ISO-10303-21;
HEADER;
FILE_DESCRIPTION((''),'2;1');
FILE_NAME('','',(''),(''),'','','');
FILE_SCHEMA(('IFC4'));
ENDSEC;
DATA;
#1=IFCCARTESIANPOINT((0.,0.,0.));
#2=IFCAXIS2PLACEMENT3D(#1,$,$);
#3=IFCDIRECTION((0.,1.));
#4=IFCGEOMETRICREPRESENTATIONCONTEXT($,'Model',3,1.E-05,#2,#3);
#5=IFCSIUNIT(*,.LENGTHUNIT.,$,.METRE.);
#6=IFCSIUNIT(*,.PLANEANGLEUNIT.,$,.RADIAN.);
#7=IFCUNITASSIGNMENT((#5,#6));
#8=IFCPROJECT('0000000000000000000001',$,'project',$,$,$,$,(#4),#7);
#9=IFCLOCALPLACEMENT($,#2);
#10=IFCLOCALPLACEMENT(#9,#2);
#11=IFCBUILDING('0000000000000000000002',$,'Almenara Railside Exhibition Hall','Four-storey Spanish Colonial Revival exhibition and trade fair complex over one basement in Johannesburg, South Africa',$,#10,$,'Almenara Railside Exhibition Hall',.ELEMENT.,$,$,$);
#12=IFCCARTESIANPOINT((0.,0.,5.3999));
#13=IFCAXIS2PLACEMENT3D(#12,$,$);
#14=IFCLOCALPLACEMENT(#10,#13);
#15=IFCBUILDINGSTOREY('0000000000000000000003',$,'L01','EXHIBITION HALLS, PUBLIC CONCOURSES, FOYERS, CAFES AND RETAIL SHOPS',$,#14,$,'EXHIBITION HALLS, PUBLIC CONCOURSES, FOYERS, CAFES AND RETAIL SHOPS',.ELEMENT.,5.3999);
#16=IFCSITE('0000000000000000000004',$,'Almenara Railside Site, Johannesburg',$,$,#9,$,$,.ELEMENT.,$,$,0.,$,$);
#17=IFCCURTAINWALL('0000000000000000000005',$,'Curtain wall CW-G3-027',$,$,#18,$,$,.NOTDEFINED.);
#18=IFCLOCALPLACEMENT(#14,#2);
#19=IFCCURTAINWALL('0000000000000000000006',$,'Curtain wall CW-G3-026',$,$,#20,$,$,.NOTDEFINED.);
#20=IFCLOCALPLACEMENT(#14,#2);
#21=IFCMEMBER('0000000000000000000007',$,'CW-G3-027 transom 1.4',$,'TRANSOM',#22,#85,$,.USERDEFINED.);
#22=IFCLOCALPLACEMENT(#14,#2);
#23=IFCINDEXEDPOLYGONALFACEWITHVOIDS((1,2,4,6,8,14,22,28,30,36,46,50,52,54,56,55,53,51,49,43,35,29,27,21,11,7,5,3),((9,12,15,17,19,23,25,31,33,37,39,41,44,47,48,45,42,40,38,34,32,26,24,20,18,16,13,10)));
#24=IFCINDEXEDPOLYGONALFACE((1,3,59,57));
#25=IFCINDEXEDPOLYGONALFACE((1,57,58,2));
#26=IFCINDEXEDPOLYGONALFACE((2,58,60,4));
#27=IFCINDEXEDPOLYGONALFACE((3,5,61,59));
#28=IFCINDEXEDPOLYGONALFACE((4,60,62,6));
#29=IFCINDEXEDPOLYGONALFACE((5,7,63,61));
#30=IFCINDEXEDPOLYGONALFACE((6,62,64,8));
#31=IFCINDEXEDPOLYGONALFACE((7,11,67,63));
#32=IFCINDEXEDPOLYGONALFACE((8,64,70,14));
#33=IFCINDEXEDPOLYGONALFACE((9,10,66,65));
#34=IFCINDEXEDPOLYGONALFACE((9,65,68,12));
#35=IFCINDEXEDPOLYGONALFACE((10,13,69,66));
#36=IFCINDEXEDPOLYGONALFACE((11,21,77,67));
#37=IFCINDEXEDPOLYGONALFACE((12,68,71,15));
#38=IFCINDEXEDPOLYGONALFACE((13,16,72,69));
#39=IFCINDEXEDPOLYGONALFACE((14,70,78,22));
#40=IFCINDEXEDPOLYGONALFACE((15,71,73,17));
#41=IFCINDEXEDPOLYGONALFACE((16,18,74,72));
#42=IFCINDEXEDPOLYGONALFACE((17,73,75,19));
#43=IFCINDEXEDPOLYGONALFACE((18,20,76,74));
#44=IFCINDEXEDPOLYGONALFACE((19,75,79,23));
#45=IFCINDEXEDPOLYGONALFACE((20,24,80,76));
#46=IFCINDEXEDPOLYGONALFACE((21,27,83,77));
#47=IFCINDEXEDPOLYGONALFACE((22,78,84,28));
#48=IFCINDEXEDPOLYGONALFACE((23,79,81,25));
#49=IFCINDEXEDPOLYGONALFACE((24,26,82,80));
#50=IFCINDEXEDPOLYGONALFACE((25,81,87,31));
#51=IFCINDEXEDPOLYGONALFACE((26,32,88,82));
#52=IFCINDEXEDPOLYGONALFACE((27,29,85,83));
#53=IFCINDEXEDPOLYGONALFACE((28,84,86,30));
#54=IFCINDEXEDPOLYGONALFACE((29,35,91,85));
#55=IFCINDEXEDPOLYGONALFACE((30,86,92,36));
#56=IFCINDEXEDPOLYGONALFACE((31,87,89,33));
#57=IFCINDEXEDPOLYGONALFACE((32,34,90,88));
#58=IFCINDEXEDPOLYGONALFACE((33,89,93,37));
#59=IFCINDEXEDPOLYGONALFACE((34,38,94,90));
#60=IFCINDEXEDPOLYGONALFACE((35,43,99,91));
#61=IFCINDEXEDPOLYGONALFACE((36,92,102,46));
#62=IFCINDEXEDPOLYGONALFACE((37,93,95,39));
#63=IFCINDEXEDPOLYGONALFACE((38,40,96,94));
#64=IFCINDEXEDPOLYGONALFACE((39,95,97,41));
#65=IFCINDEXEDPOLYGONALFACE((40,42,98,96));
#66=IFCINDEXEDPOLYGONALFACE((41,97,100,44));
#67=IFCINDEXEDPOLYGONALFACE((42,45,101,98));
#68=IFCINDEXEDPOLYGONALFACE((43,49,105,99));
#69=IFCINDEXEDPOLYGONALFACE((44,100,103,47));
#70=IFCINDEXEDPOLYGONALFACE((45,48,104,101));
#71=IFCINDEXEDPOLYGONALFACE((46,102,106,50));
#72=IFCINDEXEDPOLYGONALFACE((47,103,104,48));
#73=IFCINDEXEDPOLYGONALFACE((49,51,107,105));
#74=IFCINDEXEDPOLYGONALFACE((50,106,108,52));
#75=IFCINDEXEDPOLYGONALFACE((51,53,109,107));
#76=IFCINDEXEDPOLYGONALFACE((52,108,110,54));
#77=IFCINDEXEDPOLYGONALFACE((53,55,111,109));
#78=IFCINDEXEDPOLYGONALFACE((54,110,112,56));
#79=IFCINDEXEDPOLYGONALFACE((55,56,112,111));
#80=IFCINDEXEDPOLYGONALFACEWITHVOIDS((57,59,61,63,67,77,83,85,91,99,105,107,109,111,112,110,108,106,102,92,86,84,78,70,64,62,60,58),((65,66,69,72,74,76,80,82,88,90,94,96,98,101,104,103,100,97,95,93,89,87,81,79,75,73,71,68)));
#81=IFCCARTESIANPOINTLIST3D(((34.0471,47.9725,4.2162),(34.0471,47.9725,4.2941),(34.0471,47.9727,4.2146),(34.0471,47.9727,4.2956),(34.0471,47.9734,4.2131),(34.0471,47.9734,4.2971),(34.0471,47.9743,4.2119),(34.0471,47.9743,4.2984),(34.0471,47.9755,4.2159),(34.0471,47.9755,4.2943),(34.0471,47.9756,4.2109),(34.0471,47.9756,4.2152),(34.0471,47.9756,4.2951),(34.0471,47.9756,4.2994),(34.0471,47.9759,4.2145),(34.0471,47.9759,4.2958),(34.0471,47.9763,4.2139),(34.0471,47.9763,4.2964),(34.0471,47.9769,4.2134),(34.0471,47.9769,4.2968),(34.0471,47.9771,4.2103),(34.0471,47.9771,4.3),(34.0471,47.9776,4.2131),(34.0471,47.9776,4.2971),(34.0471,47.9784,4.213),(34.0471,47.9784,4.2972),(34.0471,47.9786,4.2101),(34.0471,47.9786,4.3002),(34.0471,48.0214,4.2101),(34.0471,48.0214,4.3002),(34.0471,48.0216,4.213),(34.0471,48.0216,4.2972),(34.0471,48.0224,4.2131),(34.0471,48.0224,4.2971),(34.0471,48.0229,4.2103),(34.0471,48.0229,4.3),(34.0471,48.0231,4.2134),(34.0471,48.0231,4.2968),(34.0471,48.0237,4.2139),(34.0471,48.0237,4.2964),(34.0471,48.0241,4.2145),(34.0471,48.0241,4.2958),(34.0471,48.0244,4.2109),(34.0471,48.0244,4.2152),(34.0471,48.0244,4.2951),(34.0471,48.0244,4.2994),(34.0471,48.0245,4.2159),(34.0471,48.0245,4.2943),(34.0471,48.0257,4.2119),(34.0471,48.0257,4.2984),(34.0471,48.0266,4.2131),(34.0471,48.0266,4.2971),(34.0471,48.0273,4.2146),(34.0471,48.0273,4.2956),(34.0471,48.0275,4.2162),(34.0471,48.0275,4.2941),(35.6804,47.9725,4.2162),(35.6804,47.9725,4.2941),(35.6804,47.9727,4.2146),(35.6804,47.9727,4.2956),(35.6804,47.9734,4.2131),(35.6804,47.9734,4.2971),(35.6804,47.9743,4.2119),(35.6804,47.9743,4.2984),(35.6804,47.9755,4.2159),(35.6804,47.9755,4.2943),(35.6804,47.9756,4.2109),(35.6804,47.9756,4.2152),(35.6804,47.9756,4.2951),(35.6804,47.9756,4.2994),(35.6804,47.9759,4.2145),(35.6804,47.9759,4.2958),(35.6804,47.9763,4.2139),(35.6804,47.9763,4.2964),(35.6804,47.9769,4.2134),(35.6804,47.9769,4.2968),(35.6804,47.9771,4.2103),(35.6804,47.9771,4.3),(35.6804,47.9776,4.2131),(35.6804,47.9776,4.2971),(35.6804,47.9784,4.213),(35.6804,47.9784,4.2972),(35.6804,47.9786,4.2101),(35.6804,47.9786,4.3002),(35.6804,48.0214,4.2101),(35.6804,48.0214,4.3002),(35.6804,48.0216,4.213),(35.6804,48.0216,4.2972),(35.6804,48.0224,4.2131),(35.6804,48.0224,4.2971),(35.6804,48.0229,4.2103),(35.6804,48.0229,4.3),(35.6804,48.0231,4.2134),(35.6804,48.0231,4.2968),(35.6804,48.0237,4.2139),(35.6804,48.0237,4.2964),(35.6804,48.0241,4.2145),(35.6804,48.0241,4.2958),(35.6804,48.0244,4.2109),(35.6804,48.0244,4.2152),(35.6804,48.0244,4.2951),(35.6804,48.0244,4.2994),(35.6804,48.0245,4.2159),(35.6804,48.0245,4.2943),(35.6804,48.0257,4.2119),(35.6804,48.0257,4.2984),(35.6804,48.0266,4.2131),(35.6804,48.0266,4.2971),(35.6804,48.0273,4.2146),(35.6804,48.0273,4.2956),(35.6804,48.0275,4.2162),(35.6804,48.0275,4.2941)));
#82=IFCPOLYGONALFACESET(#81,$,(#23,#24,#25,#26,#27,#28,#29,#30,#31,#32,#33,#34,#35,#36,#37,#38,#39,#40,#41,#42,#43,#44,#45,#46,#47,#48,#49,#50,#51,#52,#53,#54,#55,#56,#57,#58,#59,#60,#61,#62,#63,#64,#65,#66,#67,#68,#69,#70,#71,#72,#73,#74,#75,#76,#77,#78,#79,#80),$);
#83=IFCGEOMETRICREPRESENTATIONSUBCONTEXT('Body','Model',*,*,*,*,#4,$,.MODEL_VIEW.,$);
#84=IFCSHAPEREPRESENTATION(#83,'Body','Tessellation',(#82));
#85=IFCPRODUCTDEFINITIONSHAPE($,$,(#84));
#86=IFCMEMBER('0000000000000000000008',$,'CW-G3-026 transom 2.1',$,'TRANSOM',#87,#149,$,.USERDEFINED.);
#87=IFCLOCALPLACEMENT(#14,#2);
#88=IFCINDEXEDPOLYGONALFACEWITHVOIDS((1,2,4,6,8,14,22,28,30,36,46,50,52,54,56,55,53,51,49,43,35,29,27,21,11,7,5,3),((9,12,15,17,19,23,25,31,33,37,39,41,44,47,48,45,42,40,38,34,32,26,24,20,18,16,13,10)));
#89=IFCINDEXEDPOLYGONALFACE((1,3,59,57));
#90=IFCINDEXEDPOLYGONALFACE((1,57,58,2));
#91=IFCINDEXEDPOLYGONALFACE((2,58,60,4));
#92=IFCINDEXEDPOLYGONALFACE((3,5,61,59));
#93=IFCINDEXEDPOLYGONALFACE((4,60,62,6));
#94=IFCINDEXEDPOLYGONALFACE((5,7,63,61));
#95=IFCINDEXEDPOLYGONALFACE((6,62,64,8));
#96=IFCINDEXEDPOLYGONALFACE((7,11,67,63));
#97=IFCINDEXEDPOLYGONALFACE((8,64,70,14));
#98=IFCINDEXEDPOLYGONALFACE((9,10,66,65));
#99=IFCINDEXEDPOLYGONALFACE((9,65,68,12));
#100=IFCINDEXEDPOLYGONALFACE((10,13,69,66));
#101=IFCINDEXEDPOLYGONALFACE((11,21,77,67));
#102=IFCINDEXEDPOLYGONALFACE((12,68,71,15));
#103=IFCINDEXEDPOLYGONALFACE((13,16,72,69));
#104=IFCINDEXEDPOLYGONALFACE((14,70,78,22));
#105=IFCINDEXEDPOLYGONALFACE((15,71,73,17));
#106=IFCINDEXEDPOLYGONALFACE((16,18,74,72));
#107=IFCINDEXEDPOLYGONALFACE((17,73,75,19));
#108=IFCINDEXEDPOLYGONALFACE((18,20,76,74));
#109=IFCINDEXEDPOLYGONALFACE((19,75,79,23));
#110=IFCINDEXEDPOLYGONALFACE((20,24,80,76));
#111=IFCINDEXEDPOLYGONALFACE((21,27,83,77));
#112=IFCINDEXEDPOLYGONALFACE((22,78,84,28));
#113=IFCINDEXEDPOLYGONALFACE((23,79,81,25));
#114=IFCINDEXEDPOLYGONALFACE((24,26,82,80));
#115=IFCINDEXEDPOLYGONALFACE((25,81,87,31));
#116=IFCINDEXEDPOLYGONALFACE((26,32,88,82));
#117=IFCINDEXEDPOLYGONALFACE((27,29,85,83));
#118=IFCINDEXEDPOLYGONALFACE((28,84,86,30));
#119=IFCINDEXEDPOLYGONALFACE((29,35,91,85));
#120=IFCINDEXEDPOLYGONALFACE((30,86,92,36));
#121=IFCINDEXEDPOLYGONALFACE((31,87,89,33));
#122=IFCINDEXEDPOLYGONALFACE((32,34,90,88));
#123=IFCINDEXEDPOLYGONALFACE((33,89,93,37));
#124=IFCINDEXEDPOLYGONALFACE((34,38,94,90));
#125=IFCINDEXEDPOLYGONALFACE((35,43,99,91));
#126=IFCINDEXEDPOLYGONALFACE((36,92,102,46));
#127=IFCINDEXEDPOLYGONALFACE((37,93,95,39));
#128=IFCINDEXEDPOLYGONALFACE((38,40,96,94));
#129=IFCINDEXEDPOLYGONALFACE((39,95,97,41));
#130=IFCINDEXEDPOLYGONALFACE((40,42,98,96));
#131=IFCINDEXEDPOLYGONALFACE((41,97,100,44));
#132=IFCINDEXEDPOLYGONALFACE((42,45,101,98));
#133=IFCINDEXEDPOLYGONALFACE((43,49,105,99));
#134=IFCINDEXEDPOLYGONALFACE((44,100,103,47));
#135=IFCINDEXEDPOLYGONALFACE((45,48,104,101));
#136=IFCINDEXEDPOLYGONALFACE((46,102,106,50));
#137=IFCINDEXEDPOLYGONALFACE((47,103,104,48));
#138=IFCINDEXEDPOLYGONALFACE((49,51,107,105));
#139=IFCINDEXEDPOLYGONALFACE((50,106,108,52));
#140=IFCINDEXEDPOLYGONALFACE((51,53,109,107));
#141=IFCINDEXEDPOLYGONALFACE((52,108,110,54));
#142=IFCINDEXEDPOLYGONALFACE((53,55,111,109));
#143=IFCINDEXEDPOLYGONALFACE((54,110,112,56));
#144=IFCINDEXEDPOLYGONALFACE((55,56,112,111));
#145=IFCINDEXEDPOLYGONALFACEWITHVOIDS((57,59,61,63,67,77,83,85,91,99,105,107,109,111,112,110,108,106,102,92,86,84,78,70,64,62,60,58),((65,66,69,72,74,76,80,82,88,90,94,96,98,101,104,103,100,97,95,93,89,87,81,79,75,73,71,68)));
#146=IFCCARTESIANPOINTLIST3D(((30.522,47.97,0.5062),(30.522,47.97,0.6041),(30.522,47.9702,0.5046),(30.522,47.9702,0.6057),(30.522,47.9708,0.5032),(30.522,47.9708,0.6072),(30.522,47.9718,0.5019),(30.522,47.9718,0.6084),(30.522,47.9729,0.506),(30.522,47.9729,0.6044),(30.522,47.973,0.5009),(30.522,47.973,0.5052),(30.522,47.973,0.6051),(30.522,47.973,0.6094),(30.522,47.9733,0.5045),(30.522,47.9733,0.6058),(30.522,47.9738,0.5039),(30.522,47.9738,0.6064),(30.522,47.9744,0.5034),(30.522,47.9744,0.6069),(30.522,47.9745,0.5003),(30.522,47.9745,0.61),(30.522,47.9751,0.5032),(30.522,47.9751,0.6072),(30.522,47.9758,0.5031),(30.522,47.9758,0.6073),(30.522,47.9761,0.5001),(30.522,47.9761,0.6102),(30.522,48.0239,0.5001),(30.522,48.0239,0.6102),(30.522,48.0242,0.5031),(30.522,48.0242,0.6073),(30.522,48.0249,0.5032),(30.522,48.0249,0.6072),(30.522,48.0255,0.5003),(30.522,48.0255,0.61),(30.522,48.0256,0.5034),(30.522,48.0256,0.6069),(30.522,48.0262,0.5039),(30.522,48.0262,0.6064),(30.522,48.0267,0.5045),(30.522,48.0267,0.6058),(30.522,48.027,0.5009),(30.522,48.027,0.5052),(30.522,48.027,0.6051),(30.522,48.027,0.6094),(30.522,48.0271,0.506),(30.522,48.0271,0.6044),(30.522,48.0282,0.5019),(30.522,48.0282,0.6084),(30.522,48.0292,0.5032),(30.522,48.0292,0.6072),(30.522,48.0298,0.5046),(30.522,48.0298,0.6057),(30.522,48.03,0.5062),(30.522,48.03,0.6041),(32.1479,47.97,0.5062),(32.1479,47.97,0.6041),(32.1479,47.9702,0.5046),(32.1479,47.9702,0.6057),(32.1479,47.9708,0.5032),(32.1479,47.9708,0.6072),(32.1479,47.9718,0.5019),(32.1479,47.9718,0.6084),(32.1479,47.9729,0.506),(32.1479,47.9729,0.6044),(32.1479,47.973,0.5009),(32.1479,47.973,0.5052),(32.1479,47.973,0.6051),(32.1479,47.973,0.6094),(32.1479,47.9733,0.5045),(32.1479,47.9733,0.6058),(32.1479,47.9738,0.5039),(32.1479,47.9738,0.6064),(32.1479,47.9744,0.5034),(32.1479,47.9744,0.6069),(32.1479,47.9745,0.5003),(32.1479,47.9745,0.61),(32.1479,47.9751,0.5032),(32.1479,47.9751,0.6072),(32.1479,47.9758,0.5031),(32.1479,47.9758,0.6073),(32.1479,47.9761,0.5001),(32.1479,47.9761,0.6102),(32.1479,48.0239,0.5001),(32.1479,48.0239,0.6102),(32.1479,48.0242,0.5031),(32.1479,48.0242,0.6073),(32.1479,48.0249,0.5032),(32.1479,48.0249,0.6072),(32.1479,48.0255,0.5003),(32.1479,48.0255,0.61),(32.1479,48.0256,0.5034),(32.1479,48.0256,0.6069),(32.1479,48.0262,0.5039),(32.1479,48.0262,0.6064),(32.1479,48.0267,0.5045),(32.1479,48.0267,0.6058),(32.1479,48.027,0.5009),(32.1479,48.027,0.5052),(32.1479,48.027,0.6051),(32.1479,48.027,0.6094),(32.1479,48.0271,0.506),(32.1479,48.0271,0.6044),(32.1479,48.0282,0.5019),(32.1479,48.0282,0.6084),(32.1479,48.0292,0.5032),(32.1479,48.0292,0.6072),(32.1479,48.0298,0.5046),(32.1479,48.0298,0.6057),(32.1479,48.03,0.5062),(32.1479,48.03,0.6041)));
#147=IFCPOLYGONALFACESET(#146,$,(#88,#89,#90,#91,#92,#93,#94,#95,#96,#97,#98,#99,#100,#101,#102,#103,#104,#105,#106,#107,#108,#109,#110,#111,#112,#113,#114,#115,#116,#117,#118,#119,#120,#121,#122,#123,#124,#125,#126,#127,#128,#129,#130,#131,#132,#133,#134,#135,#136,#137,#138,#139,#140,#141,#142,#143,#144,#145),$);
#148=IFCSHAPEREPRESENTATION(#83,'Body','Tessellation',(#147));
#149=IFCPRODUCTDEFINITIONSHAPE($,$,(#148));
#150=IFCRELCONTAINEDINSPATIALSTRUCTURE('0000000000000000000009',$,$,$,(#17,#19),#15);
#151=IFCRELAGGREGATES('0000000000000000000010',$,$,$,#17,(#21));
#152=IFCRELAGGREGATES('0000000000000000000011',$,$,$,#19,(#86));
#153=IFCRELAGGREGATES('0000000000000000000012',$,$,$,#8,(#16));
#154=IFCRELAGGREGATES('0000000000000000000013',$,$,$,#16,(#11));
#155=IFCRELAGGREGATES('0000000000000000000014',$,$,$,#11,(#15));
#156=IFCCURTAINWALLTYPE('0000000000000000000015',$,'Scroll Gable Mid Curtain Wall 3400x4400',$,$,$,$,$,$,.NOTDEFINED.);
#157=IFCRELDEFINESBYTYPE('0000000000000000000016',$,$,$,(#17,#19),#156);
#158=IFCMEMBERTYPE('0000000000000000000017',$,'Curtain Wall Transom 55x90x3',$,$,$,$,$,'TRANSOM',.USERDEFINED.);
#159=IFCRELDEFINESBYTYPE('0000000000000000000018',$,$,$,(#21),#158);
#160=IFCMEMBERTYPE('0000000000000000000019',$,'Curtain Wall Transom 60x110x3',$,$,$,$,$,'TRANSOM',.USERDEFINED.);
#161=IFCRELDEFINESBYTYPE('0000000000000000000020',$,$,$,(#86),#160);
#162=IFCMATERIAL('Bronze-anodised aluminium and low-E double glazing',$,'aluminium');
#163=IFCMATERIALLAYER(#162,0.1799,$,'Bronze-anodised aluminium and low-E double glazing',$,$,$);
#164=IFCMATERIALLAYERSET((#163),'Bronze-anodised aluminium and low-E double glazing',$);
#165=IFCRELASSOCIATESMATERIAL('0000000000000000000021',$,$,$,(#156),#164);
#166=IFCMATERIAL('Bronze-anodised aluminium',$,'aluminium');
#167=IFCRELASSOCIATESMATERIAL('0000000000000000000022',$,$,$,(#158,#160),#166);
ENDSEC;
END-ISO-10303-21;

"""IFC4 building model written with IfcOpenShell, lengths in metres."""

from ifc_helpers import new_model, si_unit, direction, frame, origin, origin_2d, place, context, subcontext, project, spatial, hollow_rectangle, extrude, material, layer, layer_set, material_profile, profile_set, type_object, element, aggregate, save


model = new_model("IFC4")

# Units and contexts
model_context = context("Model", 3, precision=1e-05, world=origin(), true_north=direction((0.0, 1.0)))
body_context = subcontext(model_context, "Body", "Model", "MODEL_VIEW")
ifc_project = project(units=[si_unit("LENGTHUNIT", "METRE"), si_unit("PLANEANGLEUNIT", "RADIAN")], contexts=[model_context])

# Site, building, storey
site_placement = place(None, origin())
site = spatial("IfcSite", under=ifc_project, at=site_placement, Name="Almenara Railside Site, Johannesburg", CompositionType="ELEMENT", RefElevation=0.0)
building_placement = place(site_placement, origin())
building = spatial("IfcBuilding", under=site, at=building_placement, Name="Almenara Railside Exhibition Hall", Description="Four-storey Spanish Colonial Revival exhibition and trade fair complex over one basement in Johannesburg, South Africa", LongName="Almenara Railside Exhibition Hall", CompositionType="ELEMENT")
storey_placement = place(building_placement, frame((0.0, 0.0, 5.3999)))
storey = spatial("IfcBuildingStorey", under=building, at=storey_placement, Name="L01", Description="EXHIBITION HALLS, PUBLIC CONCOURSES, FOYERS, CAFES AND RETAIL SHOPS", LongName="EXHIBITION HALLS, PUBLIC CONCOURSES, FOYERS, CAFES AND RETAIL SHOPS", CompositionType="ELEMENT", Elevation=5.3999)

# Curtain wall
ifc_material_1 = material(Name="Bronze-anodised aluminium and low-E double glazing", Category="aluminium")
ifc_layer_1 = layer(ifc_material_1, 0.1799, Name="Bronze-anodised aluminium and low-E double glazing")
ifc_layer_set_1 = layer_set([ifc_layer_1], Name="Bronze-anodised aluminium and low-E double glazing")
curtain_wall_type_1 = type_object("IfcCurtainWallType", Name="Scroll Gable Mid Curtain Wall 3400x4400", PredefinedType="NOTDEFINED", material=ifc_layer_set_1)
curtain_wall_1_placement = place(storey_placement, origin())
curtain_wall_1 = element("IfcCurtainWall", 1, at=curtain_wall_1_placement, inside=storey, type_object=curtain_wall_type_1, Name="Curtain wall CW-G3-027", PredefinedType="NOTDEFINED")
ifc_material_2 = material(Name="Bronze-anodised aluminium", Category="aluminium")

# Curtain wall
curtain_wall_2_placement = place(storey_placement, origin())
curtain_wall_2 = element("IfcCurtainWall", 2, at=curtain_wall_2_placement, inside=storey, type_object=curtain_wall_type_1, Name="Curtain wall CW-G3-026", PredefinedType="NOTDEFINED")

# Members
ifc_material_profile_1 = material_profile(ifc_material_2, hollow_rectangle(XDim=0.0549, YDim=0.0901, WallThickness=0.0029, InnerFilletRadius=0.0029, OuterFilletRadius=0.0061, at=origin_2d()), Name="ALU-TRN 55x90x3")
ifc_profile_set_1 = profile_set([ifc_material_profile_1], Name="Bronze-anodised aluminium")
member_type_1 = type_object("IfcMemberType", Name="Curtain Wall Transom 55x90x3", ElementType="TRANSOM", PredefinedType="USERDEFINED", material=ifc_profile_set_1)
member_1_placement = place(storey_placement, frame((34.0471, 48.0, 4.2551), z_axis=(1.0, 0.0, 0.0), x_axis=(0.0, 1.0, 0.0)))
member_1 = element("IfcMember", 3, at=member_1_placement, type_object=member_type_1, Name="CW-G3-027 transom 1.4", ObjectType="TRANSOM", PredefinedType="USERDEFINED", context=body_context, shape_type="SweptSolid", body=[
    extrude(hollow_rectangle(XDim=0.0549, YDim=0.0901, WallThickness=0.0029, InnerFilletRadius=0.0029, OuterFilletRadius=0.0061, at=origin_2d()), origin(), (0.0, 0.0, 1.0), 1.6333),
])
aggregate(curtain_wall_1, [member_1])
ifc_material_profile_2 = material_profile(ifc_material_2, hollow_rectangle(XDim=0.0601, YDim=0.1101, WallThickness=0.0029, InnerFilletRadius=0.0029, OuterFilletRadius=0.0061, at=origin_2d()), Name="ALU-TRN 60x110x3")
ifc_profile_set_2 = profile_set([ifc_material_profile_2], Name="Bronze-anodised aluminium")
member_type_2 = type_object("IfcMemberType", Name="Curtain Wall Transom 60x110x3", ElementType="TRANSOM", PredefinedType="USERDEFINED", material=ifc_profile_set_2)
member_2_placement = place(storey_placement, frame((30.522, 48.0, 0.5552), z_axis=(1.0, 0.0, 0.0), x_axis=(0.0, 1.0, 0.0)))
member_2 = element("IfcMember", 4, at=member_2_placement, type_object=member_type_2, Name="CW-G3-026 transom 2.1", ObjectType="TRANSOM", PredefinedType="USERDEFINED", context=body_context, shape_type="SweptSolid", body=[
    extrude(hollow_rectangle(XDim=0.0601, YDim=0.1101, WallThickness=0.0029, InnerFilletRadius=0.0029, OuterFilletRadius=0.0061, at=origin_2d()), origin(), (0.0, 0.0, 1.0), 1.626),
])

aggregate(curtain_wall_2, [member_2])

save(model, "model.ifc")
